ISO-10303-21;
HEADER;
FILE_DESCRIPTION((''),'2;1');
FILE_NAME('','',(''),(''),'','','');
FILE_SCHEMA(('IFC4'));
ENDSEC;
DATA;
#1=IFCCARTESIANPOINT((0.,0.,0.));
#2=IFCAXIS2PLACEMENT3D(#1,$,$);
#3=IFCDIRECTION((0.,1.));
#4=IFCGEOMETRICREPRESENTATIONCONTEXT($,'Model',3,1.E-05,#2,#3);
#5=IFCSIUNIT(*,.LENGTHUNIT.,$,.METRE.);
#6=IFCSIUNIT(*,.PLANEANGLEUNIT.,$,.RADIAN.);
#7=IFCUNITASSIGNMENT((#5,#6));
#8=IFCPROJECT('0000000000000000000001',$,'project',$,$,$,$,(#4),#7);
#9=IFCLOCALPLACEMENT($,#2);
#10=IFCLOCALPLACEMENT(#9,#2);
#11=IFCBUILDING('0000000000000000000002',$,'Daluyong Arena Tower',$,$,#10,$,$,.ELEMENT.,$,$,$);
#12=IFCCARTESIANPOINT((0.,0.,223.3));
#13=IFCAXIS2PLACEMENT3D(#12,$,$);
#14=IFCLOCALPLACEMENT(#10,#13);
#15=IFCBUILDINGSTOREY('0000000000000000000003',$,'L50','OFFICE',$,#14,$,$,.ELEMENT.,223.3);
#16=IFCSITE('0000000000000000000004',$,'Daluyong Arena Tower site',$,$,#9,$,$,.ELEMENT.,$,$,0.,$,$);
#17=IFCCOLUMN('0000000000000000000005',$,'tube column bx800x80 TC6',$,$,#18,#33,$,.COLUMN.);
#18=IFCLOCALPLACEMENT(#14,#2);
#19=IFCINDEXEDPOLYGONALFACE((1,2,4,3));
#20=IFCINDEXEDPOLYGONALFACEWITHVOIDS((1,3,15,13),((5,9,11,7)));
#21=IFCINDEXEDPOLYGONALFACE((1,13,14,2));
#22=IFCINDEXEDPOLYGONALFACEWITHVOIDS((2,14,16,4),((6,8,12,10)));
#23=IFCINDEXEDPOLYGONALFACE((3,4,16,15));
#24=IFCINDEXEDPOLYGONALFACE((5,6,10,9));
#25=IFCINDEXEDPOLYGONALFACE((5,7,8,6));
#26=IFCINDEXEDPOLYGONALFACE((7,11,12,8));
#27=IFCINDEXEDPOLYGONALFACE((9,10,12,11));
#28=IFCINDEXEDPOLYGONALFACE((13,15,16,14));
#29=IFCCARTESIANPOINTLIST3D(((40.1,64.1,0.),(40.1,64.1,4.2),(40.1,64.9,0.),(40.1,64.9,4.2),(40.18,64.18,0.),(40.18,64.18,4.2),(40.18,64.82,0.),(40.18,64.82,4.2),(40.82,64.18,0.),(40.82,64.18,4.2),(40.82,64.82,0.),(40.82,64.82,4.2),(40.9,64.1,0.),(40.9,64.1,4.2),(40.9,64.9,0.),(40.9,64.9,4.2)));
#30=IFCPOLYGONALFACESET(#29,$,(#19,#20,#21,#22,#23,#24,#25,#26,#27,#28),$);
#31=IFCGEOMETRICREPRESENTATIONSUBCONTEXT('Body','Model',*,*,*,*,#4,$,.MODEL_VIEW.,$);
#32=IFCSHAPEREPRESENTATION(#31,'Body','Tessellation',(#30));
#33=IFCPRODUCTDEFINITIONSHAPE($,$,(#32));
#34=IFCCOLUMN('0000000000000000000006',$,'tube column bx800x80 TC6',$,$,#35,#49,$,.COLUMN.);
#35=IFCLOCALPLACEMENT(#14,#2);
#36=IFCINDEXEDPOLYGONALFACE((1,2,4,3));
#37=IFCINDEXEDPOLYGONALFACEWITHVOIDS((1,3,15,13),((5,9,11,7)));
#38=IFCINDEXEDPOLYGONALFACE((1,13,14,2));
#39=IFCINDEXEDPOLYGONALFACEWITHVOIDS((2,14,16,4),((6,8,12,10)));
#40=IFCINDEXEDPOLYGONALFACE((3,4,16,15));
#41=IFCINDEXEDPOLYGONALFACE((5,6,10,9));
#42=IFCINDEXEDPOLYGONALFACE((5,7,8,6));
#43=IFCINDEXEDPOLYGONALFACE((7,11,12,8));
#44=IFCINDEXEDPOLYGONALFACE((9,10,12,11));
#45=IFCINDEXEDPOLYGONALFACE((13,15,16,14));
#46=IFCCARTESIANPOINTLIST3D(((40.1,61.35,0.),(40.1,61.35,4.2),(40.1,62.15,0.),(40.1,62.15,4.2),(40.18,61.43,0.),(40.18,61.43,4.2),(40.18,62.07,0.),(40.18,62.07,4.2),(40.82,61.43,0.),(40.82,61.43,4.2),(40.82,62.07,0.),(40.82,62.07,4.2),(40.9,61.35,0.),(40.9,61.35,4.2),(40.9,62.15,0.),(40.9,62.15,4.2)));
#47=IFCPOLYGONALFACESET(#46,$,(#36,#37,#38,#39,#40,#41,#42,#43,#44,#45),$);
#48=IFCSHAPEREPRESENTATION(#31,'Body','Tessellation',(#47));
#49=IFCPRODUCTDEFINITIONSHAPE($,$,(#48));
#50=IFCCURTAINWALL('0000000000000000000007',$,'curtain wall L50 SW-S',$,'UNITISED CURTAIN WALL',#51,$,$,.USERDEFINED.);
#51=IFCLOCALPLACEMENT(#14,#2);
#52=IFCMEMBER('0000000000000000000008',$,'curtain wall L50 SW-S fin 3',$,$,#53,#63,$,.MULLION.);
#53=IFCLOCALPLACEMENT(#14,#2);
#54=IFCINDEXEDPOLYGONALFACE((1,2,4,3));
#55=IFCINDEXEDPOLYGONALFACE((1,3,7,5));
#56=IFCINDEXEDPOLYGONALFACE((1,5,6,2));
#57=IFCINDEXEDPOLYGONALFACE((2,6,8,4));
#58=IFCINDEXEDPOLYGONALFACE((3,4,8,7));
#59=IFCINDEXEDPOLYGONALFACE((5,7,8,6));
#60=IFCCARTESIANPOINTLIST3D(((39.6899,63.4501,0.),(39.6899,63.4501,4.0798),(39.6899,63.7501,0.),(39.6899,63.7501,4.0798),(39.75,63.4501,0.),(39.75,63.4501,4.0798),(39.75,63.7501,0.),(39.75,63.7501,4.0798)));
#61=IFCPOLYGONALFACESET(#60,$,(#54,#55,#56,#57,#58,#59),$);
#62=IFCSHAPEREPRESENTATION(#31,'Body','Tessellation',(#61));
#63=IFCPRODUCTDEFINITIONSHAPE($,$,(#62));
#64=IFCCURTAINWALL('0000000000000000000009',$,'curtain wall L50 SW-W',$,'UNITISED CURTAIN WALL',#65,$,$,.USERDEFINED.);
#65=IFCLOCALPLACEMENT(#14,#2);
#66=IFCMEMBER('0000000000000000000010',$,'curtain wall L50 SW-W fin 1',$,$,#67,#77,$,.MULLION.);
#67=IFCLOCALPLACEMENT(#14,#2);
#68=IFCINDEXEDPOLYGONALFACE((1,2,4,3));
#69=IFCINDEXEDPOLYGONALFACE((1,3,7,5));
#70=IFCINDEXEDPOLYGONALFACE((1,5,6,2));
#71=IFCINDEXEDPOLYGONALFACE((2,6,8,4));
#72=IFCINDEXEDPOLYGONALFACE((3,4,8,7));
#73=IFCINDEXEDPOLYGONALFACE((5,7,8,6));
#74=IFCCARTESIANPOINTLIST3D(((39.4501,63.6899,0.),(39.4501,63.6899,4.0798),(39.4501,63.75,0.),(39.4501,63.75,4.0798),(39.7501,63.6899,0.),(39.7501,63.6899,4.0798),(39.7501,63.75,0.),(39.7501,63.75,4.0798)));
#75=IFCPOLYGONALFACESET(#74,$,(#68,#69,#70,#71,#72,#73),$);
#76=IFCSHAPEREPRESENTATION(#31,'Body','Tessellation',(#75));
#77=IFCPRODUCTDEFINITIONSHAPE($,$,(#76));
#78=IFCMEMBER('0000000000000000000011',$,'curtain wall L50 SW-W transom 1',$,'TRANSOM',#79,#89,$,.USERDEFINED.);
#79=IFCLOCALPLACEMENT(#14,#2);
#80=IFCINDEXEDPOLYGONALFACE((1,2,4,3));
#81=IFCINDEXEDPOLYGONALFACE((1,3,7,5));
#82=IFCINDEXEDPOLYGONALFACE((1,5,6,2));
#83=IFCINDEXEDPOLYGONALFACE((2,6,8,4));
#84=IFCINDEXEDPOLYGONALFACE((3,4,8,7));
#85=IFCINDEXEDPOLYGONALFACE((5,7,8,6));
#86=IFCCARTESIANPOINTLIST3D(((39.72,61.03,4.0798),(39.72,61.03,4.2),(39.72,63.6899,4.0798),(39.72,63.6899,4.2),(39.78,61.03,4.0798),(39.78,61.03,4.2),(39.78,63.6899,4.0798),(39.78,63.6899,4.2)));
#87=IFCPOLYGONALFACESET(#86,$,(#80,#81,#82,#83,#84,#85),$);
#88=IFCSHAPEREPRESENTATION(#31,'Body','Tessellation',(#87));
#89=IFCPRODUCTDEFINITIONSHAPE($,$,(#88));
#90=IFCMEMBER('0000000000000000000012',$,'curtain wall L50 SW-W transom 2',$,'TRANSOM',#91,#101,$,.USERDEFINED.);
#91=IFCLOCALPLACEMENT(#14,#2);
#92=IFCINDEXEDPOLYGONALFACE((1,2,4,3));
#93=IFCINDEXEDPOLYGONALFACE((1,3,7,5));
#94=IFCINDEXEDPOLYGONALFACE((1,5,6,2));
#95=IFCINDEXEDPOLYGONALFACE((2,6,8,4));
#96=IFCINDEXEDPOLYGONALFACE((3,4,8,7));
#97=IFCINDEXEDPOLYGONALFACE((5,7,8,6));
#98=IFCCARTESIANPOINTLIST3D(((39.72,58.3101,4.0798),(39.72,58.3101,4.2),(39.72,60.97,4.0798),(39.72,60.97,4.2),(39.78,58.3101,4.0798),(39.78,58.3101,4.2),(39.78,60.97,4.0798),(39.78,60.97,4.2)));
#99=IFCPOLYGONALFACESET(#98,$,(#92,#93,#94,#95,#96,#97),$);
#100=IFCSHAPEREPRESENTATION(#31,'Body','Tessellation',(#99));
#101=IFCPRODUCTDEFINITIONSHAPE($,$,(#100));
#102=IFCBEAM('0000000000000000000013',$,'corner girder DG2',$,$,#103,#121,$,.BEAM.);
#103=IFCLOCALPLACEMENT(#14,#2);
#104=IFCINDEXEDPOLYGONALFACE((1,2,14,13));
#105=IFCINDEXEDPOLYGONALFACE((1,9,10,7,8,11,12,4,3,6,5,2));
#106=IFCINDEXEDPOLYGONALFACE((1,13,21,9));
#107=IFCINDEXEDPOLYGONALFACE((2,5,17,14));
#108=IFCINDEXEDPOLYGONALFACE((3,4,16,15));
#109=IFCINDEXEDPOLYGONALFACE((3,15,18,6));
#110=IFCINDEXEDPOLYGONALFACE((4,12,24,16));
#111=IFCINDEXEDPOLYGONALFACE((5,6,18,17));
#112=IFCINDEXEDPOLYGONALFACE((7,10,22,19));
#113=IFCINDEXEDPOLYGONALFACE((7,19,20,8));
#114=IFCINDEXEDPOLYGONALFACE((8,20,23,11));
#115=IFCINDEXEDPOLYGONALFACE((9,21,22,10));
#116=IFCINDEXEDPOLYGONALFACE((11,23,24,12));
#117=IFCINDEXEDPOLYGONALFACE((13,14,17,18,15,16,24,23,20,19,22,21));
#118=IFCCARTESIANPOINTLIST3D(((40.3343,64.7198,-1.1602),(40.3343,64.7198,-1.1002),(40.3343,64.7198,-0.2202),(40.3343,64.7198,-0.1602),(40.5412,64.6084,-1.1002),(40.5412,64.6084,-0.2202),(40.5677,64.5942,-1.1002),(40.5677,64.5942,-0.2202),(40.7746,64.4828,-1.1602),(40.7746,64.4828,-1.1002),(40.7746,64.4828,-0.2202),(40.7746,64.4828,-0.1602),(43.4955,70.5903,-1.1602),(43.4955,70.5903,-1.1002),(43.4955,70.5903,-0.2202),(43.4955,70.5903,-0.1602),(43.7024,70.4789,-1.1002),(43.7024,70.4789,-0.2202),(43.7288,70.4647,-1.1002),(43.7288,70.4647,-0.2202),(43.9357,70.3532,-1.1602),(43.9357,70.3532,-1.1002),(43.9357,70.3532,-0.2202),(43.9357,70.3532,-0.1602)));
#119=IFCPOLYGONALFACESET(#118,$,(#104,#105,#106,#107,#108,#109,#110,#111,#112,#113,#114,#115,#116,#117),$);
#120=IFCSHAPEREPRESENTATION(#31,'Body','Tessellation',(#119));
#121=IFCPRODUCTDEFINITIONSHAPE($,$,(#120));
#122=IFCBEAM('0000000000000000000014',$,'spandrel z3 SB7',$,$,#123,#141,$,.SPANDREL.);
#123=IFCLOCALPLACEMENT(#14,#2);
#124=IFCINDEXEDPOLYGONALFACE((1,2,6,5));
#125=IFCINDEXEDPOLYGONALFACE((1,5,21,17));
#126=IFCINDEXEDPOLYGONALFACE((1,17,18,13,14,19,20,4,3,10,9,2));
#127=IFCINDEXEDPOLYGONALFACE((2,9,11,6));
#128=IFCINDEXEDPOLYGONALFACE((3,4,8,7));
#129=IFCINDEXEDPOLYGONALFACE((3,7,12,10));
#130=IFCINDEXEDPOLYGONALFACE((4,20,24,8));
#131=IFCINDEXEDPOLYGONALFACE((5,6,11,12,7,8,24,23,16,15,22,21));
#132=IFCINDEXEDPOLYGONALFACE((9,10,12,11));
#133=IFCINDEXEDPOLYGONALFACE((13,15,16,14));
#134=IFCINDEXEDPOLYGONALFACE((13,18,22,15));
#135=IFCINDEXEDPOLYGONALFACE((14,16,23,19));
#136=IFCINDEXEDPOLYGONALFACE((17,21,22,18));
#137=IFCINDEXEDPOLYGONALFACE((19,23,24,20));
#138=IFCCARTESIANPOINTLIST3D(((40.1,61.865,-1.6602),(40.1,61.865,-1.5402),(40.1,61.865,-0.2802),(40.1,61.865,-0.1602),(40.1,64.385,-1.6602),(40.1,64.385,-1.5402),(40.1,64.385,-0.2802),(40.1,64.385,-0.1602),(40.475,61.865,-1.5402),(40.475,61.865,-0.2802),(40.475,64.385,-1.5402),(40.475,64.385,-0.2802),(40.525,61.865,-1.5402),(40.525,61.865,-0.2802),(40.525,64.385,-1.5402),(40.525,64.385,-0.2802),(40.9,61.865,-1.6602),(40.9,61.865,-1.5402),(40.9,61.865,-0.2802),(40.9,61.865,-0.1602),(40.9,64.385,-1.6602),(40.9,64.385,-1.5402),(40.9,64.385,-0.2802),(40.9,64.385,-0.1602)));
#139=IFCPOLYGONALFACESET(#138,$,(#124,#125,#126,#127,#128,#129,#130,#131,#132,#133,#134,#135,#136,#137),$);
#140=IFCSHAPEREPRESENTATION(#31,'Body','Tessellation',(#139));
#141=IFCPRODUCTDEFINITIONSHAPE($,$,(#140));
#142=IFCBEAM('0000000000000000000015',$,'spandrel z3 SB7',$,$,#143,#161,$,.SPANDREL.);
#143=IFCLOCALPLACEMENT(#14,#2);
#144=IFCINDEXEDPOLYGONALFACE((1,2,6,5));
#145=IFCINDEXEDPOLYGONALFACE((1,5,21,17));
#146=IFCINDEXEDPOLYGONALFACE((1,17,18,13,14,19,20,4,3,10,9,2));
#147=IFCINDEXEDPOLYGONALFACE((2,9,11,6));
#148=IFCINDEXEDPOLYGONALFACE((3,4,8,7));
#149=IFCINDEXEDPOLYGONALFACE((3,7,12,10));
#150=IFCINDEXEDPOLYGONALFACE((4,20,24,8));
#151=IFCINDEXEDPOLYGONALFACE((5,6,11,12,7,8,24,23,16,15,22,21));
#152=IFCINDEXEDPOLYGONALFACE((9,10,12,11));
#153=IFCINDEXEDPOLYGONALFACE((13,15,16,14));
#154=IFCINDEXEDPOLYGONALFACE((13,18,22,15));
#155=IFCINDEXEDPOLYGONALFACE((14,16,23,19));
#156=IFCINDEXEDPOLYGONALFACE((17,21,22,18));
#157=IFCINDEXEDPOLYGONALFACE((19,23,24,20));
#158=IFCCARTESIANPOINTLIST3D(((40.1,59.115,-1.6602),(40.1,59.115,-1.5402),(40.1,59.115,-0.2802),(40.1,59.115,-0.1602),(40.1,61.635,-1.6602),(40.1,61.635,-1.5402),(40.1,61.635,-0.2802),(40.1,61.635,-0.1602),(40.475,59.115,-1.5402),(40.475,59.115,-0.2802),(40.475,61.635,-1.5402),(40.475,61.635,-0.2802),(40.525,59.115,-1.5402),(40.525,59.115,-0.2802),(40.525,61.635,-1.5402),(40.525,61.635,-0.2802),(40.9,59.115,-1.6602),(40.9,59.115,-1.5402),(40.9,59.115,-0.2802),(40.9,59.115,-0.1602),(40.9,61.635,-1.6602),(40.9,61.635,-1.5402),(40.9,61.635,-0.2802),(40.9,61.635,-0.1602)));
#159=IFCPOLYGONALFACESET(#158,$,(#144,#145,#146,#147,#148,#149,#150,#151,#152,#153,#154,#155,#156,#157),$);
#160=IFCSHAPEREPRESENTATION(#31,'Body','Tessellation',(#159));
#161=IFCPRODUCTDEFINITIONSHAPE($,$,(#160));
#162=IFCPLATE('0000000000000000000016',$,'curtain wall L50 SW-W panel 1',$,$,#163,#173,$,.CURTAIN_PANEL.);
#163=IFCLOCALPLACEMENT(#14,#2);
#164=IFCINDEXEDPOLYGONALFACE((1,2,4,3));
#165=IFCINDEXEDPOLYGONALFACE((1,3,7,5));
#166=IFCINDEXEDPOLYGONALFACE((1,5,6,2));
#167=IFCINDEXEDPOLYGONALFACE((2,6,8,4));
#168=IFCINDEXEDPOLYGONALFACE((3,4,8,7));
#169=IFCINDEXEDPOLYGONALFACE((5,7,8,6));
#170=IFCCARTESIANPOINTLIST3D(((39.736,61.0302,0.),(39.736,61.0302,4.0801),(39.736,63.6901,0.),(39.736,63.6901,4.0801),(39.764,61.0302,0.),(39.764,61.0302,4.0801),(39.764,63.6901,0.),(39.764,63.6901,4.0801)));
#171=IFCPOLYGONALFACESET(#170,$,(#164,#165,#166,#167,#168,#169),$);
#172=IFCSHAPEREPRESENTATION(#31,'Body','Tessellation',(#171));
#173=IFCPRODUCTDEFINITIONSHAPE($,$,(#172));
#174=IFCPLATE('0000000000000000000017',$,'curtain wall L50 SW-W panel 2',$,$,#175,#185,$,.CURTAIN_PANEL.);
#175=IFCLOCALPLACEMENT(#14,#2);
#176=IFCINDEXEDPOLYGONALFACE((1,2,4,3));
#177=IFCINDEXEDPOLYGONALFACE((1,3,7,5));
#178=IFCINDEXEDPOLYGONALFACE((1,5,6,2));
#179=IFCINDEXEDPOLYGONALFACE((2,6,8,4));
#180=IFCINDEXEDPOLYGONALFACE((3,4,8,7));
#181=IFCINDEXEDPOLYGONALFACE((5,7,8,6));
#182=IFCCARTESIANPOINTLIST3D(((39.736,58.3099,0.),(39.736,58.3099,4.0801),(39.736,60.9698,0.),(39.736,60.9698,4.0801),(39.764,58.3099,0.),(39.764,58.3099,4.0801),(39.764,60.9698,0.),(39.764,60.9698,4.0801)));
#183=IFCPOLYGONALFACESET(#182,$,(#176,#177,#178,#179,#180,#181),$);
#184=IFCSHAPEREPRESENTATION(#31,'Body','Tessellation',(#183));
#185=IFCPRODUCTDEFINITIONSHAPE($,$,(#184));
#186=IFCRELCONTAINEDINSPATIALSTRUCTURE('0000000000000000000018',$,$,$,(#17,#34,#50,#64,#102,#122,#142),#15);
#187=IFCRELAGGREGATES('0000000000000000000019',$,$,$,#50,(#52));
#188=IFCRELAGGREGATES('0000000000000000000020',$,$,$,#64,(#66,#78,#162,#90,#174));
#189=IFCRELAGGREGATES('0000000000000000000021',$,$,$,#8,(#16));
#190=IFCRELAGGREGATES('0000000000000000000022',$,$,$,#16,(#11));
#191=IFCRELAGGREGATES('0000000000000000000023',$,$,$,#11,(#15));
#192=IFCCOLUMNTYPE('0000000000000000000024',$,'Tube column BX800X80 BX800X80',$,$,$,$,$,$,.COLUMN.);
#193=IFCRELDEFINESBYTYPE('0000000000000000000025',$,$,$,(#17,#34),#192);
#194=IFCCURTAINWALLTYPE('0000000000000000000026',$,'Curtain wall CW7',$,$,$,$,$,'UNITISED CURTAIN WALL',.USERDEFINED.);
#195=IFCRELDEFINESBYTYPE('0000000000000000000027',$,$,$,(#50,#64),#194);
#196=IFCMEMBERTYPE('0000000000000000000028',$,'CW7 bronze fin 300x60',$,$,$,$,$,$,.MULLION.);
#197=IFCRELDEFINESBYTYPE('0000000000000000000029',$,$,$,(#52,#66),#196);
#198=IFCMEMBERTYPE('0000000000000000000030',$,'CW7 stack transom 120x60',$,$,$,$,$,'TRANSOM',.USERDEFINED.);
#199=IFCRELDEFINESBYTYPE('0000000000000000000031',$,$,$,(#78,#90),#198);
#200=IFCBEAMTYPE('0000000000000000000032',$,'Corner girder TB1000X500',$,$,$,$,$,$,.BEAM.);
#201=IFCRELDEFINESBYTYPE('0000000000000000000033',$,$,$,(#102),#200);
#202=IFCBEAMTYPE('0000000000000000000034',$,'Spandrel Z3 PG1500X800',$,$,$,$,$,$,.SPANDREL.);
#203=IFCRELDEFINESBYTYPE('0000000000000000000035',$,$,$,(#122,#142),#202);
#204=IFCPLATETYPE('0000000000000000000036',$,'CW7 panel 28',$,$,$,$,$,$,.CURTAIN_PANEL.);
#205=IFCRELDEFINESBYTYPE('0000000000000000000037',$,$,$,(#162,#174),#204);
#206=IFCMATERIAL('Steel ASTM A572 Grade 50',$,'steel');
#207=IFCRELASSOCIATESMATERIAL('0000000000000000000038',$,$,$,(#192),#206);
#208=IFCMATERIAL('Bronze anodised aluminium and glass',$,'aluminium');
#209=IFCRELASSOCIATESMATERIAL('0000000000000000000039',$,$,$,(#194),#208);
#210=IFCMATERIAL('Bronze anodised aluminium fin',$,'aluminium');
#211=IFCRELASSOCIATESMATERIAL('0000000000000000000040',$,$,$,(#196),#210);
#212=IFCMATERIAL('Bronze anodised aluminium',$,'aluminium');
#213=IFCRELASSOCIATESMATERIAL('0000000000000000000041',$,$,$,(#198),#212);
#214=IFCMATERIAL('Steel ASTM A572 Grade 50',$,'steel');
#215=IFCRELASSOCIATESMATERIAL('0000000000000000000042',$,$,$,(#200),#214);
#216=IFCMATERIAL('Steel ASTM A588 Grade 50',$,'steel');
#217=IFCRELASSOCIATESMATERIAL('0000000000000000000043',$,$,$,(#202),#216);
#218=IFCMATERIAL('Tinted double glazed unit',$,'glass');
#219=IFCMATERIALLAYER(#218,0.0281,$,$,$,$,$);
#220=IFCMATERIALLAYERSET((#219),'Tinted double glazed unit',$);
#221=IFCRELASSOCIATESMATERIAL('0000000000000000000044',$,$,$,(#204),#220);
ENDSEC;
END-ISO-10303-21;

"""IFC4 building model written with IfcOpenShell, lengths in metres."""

from ifc_helpers import new_model, si_unit, direction, frame, origin, origin_2d, place, context, subcontext, project, spatial, rectangle, hollow_rectangle, i_section, extrude, material, layer, layer_set, material_profile, profile_set, type_object, element, aggregate, save


model = new_model("IFC4")

# Units and contexts
model_context = context("Model", 3, precision=1e-05, world=origin(), true_north=direction((0.0, 1.0)))
body_context = subcontext(model_context, "Body", "Model", "MODEL_VIEW")
ifc_project = project(units=[si_unit("LENGTHUNIT", "METRE"), si_unit("PLANEANGLEUNIT", "RADIAN")], contexts=[model_context])

# Site, building, storey
site_placement = place(None, origin())
site = spatial("IfcSite", under=ifc_project, at=site_placement, Name="Daluyong Arena Tower site", CompositionType="ELEMENT", RefElevation=0.0)
building_placement = place(site_placement, origin())
building = spatial("IfcBuilding", under=site, at=building_placement, Name="Daluyong Arena Tower", CompositionType="ELEMENT")
storey_placement = place(building_placement, frame((0.0, 0.0, 223.3)))
storey = spatial("IfcBuildingStorey", under=building, at=storey_placement, Name="L50", Description="OFFICE", CompositionType="ELEMENT", Elevation=223.3)

# Columns
ifc_material_1 = material(Name="Steel ASTM A572 Grade 50", Category="steel")
ifc_material_profile_1 = material_profile(ifc_material_1, hollow_rectangle(XDim=0.8, YDim=0.8, WallThickness=0.08, at=origin_2d()))
ifc_profile_set_1 = profile_set([ifc_material_profile_1], Name="Steel ASTM A572 Grade 50")
column_type = type_object("IfcColumnType", Name="Tube column BX800X80 BX800X80", PredefinedType="COLUMN", material=ifc_profile_set_1)
for number, where, z_axis, x_axis, name in (
    (1, (40.5, 64.5, 0.0), (0.0, 0.0, 1.0), (0.0, 1.0, 0.0), "tube column bx800x80 TC6"),
    (2, (40.5, 61.75, 0.0), (0.0, 0.0, 1.0), (0.0, 1.0, 0.0), "tube column bx800x80 TC6"),
):
    element("IfcColumn", number, at=place(storey_placement, frame(where, z_axis=z_axis, x_axis=x_axis)), inside=storey, type_object=column_type, Name=name, PredefinedType="COLUMN", context=body_context, shape_type="SweptSolid", body=[
        extrude(hollow_rectangle(XDim=0.8, YDim=0.8, WallThickness=0.08, at=origin_2d()), origin(), (0.0, 0.0, 1.0), 4.2),
    ])

# Curtain wall, member
ifc_material_2 = material(Name="Bronze anodised aluminium and glass", Category="aluminium")
curtain_wall_type = type_object("IfcCurtainWallType", Name="Curtain wall CW7", ElementType="UNITISED CURTAIN WALL", PredefinedType="USERDEFINED", material=ifc_material_2)
curtain_wall_1_placement = place(storey_placement, origin())
curtain_wall_1 = element("IfcCurtainWall", 3, at=curtain_wall_1_placement, inside=storey, type_object=curtain_wall_type, Name="curtain wall L50 SW-S", ObjectType="UNITISED CURTAIN WALL", PredefinedType="USERDEFINED")
ifc_material_3 = material(Name="Bronze anodised aluminium fin", Category="aluminium")
ifc_material_profile_2 = material_profile(ifc_material_3, rectangle(XDim=0.3, YDim=0.0601, at=origin_2d()))
ifc_profile_set_2 = profile_set([ifc_material_profile_2], Name="Bronze anodised aluminium fin")
member_type_1 = type_object("IfcMemberType", Name="CW7 bronze fin 300x60", PredefinedType="MULLION", material=ifc_profile_set_2)
member_1_placement = place(storey_placement, frame((39.72, 63.6001, 0.0), z_axis=(0.0, 0.0, 1.0), x_axis=(0.0, 1.0, 0.0)))
member_1 = element("IfcMember", 4, at=member_1_placement, type_object=member_type_1, Name="curtain wall L50 SW-S fin 3", PredefinedType="MULLION", context=body_context, shape_type="SweptSolid", body=[
    extrude(rectangle(XDim=0.3, YDim=0.0601, at=origin_2d()), origin(), (0.0, 0.0, 1.0), 4.0798),
])
aggregate(curtain_wall_1, [member_1])

# Curtain wall, members
curtain_wall_2_placement = place(storey_placement, origin())
curtain_wall_2 = element("IfcCurtainWall", 5, at=curtain_wall_2_placement, inside=storey, type_object=curtain_wall_type, Name="curtain wall L50 SW-W", ObjectType="UNITISED CURTAIN WALL", PredefinedType="USERDEFINED")
member_2_placement = place(storey_placement, frame((39.6001, 63.72, 0.0), z_axis=(0.0, 0.0, 1.0), x_axis=(1.0, 0.0, 0.0)))
member_2 = element("IfcMember", 6, at=member_2_placement, type_object=member_type_1, Name="curtain wall L50 SW-W fin 1", PredefinedType="MULLION", context=body_context, shape_type="SweptSolid", body=[
    extrude(rectangle(XDim=0.3, YDim=0.0601, at=origin_2d()), origin(), (0.0, 0.0, 1.0), 4.0798),
])
ifc_material_4 = material(Name="Bronze anodised aluminium", Category="aluminium")
ifc_material_profile_3 = material_profile(ifc_material_4, rectangle(XDim=0.0601, YDim=0.1201, at=origin_2d()))
ifc_profile_set_3 = profile_set([ifc_material_profile_3], Name="Bronze anodised aluminium")
member_type_2 = type_object("IfcMemberType", Name="CW7 stack transom 120x60", ElementType="TRANSOM", PredefinedType="USERDEFINED", material=ifc_profile_set_3)
member_3_placement = place(storey_placement, frame((39.75, 63.6899, 4.1399), z_axis=(0.0, -1.0, 0.0), x_axis=(1.0, 0.0, 0.0)))
member_3 = element("IfcMember", 7, at=member_3_placement, type_object=member_type_2, Name="curtain wall L50 SW-W transom 1", ObjectType="TRANSOM", PredefinedType="USERDEFINED", context=body_context, shape_type="SweptSolid", body=[
    extrude(rectangle(XDim=0.0601, YDim=0.1201, at=origin_2d()), origin(), (0.0, 0.0, 1.0), 2.6599),
])
member_4_placement = place(storey_placement, frame((39.75, 60.97, 4.1399), z_axis=(0.0, -1.0, 0.0), x_axis=(1.0, 0.0, 0.0)))
member_4 = element("IfcMember", 8, at=member_4_placement, type_object=member_type_2, Name="curtain wall L50 SW-W transom 2", ObjectType="TRANSOM", PredefinedType="USERDEFINED", context=body_context, shape_type="SweptSolid", body=[
    extrude(rectangle(XDim=0.0601, YDim=0.1201, at=origin_2d()), origin(), (0.0, 0.0, 1.0), 2.6599),
])

# Beams
ifc_material_5 = material(Name="Steel ASTM A572 Grade 50", Category="steel")
ifc_material_profile_4 = material_profile(ifc_material_5, i_section(OverallWidth=0.5, OverallDepth=1.0, WebThickness=0.03, FlangeThickness=0.06, at=origin_2d()))
ifc_profile_set_4 = profile_set([ifc_material_profile_4], Name="Steel ASTM A572 Grade 50")
beam_type_1 = type_object("IfcBeamType", Name="Corner girder TB1000X500", PredefinedType="BEAM", material=ifc_profile_set_4)
beam_placement = place(storey_placement, frame((40.5544, 64.6013, -0.6602), z_axis=(0.474119, 0.880461, 0.0), x_axis=(-0.880461, 0.474119, 0.0)))
element("IfcBeam", 9, at=beam_placement, inside=storey, type_object=beam_type_1, Name="corner girder DG2", PredefinedType="BEAM", context=body_context, shape_type="SweptSolid", body=[
    extrude(i_section(OverallWidth=0.5, OverallDepth=1.0, WebThickness=0.03, FlangeThickness=0.06, at=origin_2d()), origin(), (0.0, 0.0, 1.0), 6.6675),
])
ifc_material_6 = material(Name="Steel ASTM A588 Grade 50", Category="steel")
ifc_material_profile_5 = material_profile(ifc_material_6, i_section(OverallWidth=0.8, OverallDepth=1.5, WebThickness=0.05, FlangeThickness=0.12, at=origin_2d()))
ifc_profile_set_5 = profile_set([ifc_material_profile_5], Name="Steel ASTM A588 Grade 50")
beam_type_2 = type_object("IfcBeamType", Name="Spandrel Z3 PG1500X800", PredefinedType="SPANDREL", material=ifc_profile_set_5)
for number, where, z_axis, x_axis, name in (
    (10, (40.5, 64.385, -0.9102), (0.0, -1.0, 0.0), (1.0, 0.0, 0.0), "spandrel z3 SB7"),
    (11, (40.5, 61.635, -0.9102), (0.0, -1.0, 0.0), (1.0, 0.0, 0.0), "spandrel z3 SB7"),
):
    element("IfcBeam", number, at=place(storey_placement, frame(where, z_axis=z_axis, x_axis=x_axis)), inside=storey, type_object=beam_type_2, Name=name, PredefinedType="SPANDREL", context=body_context, shape_type="SweptSolid", body=[
        extrude(i_section(OverallWidth=0.8, OverallDepth=1.5, WebThickness=0.05, FlangeThickness=0.12, at=origin_2d()), origin(), (0.0, 0.0, 1.0), 2.52),
    ])

# Plates
ifc_material_7 = material(Name="Tinted double glazed unit", Category="glass")
ifc_layer_1 = layer(ifc_material_7, 0.0281)
ifc_layer_set_1 = layer_set([ifc_layer_1], Name="Tinted double glazed unit")
plate_type = type_object("IfcPlateType", Name="CW7 panel 28", PredefinedType="CURTAIN_PANEL", material=ifc_layer_set_1)
plate_1_placement = place(storey_placement, frame((39.75, 62.3601, 0.0), z_axis=(0.0, 0.0, 1.0), x_axis=(0.0, -1.0, 0.0)))
plate_1 = element("IfcPlate", 12, at=plate_1_placement, type_object=plate_type, Name="curtain wall L50 SW-W panel 1", PredefinedType="CURTAIN_PANEL", context=body_context, shape_type="SweptSolid", body=[
    extrude(rectangle(XDim=2.6599, YDim=0.0281, at=origin_2d()), origin(), (0.0, 0.0, 1.0), 4.0801),
])
plate_2_placement = place(storey_placement, frame((39.75, 59.6399, 0.0), z_axis=(0.0, 0.0, 1.0), x_axis=(0.0, -1.0, 0.0)))
plate_2 = element("IfcPlate", 13, at=plate_2_placement, type_object=plate_type, Name="curtain wall L50 SW-W panel 2", PredefinedType="CURTAIN_PANEL", context=body_context, shape_type="SweptSolid", body=[
    extrude(rectangle(XDim=2.6599, YDim=0.0281, at=origin_2d()), origin(), (0.0, 0.0, 1.0), 4.0801),
])
aggregate(curtain_wall_2, [member_2, member_3, plate_1, member_4, plate_2])

save(model, "model.ifc")
